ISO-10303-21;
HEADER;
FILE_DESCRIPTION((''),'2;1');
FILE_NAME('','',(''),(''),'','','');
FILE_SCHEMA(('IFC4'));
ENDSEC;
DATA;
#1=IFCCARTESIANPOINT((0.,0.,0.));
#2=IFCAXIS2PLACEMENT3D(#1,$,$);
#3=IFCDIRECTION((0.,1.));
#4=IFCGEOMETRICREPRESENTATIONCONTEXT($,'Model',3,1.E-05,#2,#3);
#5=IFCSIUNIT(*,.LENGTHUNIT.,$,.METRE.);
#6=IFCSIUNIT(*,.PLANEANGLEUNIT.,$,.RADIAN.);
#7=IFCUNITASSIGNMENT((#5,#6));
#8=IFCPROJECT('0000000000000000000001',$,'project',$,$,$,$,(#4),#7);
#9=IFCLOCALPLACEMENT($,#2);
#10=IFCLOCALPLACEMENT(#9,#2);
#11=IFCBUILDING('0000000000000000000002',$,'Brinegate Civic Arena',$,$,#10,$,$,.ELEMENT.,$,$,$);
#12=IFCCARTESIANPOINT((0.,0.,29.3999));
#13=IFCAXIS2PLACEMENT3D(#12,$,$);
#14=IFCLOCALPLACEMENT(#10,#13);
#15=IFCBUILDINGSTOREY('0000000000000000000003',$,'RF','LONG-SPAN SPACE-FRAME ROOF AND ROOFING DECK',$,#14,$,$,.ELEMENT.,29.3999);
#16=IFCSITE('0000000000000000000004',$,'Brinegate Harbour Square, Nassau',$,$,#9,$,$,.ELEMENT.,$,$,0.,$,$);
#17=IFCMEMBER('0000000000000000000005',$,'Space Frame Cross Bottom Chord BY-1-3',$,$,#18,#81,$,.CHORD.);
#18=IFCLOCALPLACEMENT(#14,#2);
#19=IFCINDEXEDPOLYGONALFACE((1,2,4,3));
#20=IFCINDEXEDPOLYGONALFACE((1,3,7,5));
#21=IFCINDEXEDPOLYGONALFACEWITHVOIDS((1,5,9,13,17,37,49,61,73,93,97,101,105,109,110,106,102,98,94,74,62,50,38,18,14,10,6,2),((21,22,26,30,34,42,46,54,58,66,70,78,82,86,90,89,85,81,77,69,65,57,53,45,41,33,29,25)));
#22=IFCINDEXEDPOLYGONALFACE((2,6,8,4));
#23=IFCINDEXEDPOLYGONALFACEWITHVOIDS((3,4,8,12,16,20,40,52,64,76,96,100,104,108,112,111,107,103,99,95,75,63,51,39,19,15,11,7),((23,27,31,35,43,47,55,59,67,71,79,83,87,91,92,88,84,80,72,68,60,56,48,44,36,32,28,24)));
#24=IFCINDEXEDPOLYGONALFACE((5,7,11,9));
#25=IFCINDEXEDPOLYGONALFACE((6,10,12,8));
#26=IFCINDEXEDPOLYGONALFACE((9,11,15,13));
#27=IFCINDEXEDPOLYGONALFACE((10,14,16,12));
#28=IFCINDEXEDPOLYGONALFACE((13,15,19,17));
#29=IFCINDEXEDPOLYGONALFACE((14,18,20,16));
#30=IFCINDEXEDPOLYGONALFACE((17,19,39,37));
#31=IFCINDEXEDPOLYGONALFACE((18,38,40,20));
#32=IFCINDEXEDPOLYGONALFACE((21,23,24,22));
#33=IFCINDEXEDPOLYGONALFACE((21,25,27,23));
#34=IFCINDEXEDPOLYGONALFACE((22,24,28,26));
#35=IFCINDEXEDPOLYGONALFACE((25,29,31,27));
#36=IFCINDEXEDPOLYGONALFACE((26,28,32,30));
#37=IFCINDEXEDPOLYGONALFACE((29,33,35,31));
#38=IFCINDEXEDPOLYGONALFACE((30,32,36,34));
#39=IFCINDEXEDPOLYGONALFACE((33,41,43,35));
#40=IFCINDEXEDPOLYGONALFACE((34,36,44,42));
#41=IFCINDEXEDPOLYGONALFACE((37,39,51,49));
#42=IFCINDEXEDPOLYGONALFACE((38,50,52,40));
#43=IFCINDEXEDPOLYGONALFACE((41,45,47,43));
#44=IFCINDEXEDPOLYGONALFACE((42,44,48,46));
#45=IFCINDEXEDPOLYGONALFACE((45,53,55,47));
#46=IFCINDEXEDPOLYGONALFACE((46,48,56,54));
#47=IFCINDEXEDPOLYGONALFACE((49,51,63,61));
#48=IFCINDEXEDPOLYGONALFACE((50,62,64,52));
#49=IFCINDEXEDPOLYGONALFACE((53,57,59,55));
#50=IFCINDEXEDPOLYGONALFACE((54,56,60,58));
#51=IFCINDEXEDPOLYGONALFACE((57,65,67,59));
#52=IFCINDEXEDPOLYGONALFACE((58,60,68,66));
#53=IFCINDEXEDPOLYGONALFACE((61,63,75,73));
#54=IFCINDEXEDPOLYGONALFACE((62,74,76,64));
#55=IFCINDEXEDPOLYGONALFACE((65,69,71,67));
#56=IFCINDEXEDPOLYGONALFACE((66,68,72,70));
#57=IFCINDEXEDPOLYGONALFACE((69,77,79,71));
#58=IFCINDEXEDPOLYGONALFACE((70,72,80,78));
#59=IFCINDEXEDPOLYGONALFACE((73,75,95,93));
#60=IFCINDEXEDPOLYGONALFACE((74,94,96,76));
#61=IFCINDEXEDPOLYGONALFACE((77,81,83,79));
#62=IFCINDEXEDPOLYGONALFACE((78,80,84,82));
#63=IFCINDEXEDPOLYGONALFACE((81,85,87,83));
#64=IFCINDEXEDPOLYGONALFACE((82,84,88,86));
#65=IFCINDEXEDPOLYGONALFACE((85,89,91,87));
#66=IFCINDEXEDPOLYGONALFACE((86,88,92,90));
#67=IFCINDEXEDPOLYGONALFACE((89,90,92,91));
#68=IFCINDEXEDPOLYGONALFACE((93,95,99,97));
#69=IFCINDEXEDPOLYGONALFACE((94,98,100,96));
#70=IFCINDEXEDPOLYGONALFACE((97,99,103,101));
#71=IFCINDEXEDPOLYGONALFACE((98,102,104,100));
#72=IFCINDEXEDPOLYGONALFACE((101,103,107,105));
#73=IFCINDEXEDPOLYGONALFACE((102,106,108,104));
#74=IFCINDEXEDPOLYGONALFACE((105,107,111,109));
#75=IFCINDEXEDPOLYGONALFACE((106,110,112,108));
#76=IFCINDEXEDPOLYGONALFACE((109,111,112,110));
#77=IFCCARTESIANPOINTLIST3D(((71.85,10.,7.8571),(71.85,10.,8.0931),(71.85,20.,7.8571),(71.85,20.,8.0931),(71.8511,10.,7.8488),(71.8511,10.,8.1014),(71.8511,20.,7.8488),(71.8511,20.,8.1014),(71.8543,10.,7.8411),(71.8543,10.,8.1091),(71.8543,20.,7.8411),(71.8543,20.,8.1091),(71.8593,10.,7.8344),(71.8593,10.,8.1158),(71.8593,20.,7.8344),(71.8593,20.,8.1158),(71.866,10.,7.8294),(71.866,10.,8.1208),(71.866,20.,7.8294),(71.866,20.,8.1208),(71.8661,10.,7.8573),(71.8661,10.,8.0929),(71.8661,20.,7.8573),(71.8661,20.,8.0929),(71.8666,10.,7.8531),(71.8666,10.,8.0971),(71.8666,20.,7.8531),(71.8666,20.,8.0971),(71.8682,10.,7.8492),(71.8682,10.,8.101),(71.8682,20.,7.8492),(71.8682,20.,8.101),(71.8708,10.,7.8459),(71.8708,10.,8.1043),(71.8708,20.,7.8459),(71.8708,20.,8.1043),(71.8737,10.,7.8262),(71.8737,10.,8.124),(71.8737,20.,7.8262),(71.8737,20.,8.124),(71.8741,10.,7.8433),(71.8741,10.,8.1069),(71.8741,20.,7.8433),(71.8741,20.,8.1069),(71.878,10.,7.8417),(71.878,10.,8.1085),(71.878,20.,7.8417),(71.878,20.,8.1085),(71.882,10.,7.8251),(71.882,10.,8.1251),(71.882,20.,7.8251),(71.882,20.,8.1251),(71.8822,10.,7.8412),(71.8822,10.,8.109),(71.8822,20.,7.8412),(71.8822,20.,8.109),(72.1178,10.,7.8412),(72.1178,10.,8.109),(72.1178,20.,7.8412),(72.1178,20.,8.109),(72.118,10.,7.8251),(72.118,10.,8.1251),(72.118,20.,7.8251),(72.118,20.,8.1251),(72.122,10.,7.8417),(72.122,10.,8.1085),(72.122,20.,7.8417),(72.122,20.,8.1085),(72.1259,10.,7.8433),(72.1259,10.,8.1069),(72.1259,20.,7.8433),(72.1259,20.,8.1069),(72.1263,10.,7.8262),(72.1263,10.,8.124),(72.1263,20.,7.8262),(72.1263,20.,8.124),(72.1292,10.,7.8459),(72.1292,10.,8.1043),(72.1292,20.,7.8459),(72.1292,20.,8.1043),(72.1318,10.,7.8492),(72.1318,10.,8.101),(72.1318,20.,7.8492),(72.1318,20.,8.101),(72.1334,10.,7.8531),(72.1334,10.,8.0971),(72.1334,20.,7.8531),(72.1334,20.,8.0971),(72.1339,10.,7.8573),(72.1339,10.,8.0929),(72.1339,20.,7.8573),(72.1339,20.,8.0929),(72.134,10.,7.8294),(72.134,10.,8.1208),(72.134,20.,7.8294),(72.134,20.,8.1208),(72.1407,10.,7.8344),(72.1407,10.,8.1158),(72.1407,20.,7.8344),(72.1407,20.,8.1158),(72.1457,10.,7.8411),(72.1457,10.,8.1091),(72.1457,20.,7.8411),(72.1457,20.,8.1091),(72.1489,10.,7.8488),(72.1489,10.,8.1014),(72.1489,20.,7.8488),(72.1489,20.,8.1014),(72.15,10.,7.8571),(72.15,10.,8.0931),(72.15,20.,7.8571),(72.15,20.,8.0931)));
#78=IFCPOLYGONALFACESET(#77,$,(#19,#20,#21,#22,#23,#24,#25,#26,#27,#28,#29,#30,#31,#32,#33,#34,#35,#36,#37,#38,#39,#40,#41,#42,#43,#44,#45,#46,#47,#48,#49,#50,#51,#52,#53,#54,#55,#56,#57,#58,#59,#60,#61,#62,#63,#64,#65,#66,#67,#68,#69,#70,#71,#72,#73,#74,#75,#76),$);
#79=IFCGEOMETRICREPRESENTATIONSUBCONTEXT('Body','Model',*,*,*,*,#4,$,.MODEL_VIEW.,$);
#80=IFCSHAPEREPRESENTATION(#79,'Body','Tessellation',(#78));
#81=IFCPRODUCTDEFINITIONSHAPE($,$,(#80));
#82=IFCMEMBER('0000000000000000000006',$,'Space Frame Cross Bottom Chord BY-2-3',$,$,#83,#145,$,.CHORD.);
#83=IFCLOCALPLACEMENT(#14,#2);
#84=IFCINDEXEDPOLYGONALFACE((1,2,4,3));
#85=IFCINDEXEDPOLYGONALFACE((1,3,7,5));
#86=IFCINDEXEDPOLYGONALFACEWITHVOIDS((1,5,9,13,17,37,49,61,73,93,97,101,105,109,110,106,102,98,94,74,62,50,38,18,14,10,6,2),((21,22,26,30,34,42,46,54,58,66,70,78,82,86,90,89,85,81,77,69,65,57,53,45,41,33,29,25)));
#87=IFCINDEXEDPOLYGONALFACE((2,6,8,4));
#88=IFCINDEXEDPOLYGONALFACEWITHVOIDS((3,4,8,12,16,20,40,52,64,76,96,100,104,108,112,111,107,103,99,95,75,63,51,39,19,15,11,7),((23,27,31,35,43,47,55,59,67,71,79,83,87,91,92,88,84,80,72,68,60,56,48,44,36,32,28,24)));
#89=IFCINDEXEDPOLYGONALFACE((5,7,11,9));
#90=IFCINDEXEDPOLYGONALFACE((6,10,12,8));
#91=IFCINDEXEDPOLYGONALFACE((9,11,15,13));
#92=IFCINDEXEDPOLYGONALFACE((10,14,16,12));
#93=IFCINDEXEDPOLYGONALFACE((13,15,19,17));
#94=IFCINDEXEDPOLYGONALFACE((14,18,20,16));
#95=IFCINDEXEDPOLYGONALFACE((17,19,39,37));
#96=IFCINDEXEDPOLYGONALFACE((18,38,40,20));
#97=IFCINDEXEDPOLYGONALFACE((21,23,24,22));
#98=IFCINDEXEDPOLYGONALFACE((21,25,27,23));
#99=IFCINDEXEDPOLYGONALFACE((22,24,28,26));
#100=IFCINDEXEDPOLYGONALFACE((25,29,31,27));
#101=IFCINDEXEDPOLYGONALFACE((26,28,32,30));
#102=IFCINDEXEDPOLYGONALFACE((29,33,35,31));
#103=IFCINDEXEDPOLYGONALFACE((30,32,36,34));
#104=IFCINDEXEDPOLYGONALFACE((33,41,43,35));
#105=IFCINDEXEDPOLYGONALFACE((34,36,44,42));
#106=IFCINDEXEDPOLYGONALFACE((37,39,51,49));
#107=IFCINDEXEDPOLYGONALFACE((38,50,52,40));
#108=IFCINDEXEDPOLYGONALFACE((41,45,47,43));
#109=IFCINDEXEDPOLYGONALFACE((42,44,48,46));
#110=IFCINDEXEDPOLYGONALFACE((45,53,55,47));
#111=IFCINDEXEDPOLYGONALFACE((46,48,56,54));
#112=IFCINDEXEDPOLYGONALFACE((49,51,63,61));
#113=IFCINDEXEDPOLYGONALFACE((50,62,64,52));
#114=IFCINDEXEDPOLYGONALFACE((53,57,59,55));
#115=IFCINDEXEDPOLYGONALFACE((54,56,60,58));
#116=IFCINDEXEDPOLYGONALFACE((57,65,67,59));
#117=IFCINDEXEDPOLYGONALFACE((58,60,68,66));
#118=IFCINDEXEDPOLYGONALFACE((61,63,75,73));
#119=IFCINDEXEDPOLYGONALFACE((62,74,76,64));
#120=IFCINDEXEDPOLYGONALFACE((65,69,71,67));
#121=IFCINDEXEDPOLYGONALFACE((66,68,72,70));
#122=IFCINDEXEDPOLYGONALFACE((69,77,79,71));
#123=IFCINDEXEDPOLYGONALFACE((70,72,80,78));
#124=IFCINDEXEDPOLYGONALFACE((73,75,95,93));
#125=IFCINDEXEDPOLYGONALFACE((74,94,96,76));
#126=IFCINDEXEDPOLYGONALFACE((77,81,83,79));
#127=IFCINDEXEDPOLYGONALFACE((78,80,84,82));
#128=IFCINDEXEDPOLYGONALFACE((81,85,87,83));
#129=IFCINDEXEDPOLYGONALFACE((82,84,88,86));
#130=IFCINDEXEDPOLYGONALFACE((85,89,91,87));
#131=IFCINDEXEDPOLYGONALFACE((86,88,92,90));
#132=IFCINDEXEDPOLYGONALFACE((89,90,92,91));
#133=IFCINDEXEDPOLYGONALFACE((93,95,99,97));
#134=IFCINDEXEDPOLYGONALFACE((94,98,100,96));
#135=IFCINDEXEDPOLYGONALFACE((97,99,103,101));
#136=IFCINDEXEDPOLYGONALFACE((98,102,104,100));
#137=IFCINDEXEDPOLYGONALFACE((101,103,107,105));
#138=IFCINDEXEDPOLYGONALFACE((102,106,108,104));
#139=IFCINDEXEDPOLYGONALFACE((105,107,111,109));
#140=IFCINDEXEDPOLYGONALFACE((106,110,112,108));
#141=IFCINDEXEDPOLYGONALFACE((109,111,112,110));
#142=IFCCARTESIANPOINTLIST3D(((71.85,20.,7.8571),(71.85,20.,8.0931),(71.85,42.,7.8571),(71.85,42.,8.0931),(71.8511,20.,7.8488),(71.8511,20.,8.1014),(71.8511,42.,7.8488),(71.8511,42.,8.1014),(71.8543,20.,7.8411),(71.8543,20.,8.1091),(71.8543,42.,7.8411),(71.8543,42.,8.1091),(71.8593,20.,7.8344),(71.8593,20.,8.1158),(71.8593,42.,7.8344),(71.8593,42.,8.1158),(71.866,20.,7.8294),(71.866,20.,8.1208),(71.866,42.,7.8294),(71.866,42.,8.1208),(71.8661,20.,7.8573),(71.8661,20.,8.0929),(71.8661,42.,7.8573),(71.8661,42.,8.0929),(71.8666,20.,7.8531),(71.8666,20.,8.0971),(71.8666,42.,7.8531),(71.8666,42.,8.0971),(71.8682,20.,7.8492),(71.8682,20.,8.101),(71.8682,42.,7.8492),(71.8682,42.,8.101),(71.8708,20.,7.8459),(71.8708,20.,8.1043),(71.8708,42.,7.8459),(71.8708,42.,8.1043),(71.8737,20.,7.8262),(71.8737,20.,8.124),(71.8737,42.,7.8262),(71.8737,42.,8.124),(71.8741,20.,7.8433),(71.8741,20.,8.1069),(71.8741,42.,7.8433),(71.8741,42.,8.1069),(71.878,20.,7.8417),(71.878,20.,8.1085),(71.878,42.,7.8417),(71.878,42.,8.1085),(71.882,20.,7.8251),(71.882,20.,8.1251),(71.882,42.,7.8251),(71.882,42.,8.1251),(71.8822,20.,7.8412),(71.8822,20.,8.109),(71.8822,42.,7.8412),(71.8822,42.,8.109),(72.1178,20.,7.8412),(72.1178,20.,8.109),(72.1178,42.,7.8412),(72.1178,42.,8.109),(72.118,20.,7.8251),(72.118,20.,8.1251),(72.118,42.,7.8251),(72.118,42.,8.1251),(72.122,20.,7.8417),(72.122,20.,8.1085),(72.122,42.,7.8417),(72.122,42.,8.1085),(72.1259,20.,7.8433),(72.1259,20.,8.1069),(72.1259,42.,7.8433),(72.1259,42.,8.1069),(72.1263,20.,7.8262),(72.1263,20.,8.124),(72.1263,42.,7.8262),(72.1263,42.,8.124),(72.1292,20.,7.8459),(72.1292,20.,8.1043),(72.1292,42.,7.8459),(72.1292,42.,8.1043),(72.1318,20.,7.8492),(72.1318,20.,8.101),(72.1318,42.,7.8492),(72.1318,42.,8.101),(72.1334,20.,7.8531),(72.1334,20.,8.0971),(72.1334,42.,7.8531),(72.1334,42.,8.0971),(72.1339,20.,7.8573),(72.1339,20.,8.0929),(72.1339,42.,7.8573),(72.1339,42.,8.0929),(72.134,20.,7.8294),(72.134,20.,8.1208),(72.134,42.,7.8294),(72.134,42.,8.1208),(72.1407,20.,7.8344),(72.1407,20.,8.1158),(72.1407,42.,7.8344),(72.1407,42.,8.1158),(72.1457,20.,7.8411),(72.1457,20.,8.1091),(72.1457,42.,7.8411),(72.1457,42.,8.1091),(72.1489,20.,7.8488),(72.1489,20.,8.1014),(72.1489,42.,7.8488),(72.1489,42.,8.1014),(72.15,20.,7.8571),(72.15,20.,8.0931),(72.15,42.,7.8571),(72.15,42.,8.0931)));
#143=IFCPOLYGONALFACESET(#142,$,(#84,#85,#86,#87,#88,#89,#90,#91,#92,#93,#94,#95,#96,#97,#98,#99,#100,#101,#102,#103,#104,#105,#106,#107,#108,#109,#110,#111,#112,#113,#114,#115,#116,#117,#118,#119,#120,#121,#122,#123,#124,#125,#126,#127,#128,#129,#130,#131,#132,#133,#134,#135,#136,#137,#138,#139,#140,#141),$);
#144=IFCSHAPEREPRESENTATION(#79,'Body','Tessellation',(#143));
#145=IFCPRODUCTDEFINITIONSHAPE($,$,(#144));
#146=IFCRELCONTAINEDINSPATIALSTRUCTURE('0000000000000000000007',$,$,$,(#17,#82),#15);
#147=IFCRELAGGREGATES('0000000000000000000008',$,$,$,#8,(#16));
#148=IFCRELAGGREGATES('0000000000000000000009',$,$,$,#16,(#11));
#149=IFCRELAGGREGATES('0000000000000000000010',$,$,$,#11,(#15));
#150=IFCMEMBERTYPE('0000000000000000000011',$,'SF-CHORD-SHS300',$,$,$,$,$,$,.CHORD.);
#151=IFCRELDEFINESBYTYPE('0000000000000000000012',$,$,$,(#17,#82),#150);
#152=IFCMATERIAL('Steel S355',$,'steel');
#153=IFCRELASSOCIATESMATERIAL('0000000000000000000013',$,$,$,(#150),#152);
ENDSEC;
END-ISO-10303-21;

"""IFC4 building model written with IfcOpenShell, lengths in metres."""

from ifc_helpers import new_model, si_unit, direction, frame, origin, origin_2d, place, context, subcontext, project, spatial, hollow_rectangle, extrude, material, material_profile, profile_set, type_object, element, save


model = new_model("IFC4")

# Units and contexts
model_context = context("Model", 3, precision=1e-05, world=origin(), true_north=direction((0.0, 1.0)))
body_context = subcontext(model_context, "Body", "Model", "MODEL_VIEW")
ifc_project = project(units=[si_unit("LENGTHUNIT", "METRE"), si_unit("PLANEANGLEUNIT", "RADIAN")], contexts=[model_context])

# Site, building, storey
site_placement = place(None, origin())
site = spatial("IfcSite", under=ifc_project, at=site_placement, Name="Brinegate Harbour Square, Nassau", CompositionType="ELEMENT", RefElevation=0.0)
building_placement = place(site_placement, origin())
building = spatial("IfcBuilding", under=site, at=building_placement, Name="Brinegate Civic Arena", CompositionType="ELEMENT")
storey_placement = place(building_placement, frame((0.0, 0.0, 29.3999)))
storey = spatial("IfcBuildingStorey", under=building, at=storey_placement, Name="RF", Description="LONG-SPAN SPACE-FRAME ROOF AND ROOFING DECK", CompositionType="ELEMENT", Elevation=29.3999)

# Shared definitions
ifc_material_1 = material(Name="Steel S355", Category="steel")

# Members
ifc_material_profile_1 = material_profile(ifc_material_1, hollow_rectangle(XDim=0.3, YDim=0.3, WallThickness=0.0161, InnerFilletRadius=0.0161, OuterFilletRadius=0.032, at=origin_2d()), Name="SHS300X16")
ifc_profile_set_1 = profile_set([ifc_material_profile_1], Name="Steel S355")
member_type_1 = type_object("IfcMemberType", Name="SF-CHORD-SHS300", PredefinedType="CHORD", material=ifc_profile_set_1)
member_1_placement = place(storey_placement, frame((72.0, 10.0, 7.9751), z_axis=(0.0, 1.0, 0.0), x_axis=(-1.0, 0.0, 0.0)))
element("IfcMember", 1, at=member_1_placement, inside=storey, type_object=member_type_1, Name="Space Frame Cross Bottom Chord BY-1-3", PredefinedType="CHORD", context=body_context, shape_type="SweptSolid", body=[
    extrude(hollow_rectangle(XDim=0.3, YDim=0.3, WallThickness=0.0161, InnerFilletRadius=0.0161, OuterFilletRadius=0.032, at=origin_2d()), origin(), (0.0, 0.0, 1.0), 10.0),
])
member_2_placement = place(storey_placement, frame((72.0, 20.0, 7.9751), z_axis=(0.0, 1.0, 0.0), x_axis=(-1.0, 0.0, 0.0)))
element("IfcMember", 2, at=member_2_placement, inside=storey, type_object=member_type_1, Name="Space Frame Cross Bottom Chord BY-2-3", PredefinedType="CHORD", context=body_context, shape_type="SweptSolid", body=[
    extrude(hollow_rectangle(XDim=0.3, YDim=0.3, WallThickness=0.0161, InnerFilletRadius=0.0161, OuterFilletRadius=0.032, at=origin_2d()), origin(), (0.0, 0.0, 1.0), 22.0),
])

save(model, "model.ifc")
